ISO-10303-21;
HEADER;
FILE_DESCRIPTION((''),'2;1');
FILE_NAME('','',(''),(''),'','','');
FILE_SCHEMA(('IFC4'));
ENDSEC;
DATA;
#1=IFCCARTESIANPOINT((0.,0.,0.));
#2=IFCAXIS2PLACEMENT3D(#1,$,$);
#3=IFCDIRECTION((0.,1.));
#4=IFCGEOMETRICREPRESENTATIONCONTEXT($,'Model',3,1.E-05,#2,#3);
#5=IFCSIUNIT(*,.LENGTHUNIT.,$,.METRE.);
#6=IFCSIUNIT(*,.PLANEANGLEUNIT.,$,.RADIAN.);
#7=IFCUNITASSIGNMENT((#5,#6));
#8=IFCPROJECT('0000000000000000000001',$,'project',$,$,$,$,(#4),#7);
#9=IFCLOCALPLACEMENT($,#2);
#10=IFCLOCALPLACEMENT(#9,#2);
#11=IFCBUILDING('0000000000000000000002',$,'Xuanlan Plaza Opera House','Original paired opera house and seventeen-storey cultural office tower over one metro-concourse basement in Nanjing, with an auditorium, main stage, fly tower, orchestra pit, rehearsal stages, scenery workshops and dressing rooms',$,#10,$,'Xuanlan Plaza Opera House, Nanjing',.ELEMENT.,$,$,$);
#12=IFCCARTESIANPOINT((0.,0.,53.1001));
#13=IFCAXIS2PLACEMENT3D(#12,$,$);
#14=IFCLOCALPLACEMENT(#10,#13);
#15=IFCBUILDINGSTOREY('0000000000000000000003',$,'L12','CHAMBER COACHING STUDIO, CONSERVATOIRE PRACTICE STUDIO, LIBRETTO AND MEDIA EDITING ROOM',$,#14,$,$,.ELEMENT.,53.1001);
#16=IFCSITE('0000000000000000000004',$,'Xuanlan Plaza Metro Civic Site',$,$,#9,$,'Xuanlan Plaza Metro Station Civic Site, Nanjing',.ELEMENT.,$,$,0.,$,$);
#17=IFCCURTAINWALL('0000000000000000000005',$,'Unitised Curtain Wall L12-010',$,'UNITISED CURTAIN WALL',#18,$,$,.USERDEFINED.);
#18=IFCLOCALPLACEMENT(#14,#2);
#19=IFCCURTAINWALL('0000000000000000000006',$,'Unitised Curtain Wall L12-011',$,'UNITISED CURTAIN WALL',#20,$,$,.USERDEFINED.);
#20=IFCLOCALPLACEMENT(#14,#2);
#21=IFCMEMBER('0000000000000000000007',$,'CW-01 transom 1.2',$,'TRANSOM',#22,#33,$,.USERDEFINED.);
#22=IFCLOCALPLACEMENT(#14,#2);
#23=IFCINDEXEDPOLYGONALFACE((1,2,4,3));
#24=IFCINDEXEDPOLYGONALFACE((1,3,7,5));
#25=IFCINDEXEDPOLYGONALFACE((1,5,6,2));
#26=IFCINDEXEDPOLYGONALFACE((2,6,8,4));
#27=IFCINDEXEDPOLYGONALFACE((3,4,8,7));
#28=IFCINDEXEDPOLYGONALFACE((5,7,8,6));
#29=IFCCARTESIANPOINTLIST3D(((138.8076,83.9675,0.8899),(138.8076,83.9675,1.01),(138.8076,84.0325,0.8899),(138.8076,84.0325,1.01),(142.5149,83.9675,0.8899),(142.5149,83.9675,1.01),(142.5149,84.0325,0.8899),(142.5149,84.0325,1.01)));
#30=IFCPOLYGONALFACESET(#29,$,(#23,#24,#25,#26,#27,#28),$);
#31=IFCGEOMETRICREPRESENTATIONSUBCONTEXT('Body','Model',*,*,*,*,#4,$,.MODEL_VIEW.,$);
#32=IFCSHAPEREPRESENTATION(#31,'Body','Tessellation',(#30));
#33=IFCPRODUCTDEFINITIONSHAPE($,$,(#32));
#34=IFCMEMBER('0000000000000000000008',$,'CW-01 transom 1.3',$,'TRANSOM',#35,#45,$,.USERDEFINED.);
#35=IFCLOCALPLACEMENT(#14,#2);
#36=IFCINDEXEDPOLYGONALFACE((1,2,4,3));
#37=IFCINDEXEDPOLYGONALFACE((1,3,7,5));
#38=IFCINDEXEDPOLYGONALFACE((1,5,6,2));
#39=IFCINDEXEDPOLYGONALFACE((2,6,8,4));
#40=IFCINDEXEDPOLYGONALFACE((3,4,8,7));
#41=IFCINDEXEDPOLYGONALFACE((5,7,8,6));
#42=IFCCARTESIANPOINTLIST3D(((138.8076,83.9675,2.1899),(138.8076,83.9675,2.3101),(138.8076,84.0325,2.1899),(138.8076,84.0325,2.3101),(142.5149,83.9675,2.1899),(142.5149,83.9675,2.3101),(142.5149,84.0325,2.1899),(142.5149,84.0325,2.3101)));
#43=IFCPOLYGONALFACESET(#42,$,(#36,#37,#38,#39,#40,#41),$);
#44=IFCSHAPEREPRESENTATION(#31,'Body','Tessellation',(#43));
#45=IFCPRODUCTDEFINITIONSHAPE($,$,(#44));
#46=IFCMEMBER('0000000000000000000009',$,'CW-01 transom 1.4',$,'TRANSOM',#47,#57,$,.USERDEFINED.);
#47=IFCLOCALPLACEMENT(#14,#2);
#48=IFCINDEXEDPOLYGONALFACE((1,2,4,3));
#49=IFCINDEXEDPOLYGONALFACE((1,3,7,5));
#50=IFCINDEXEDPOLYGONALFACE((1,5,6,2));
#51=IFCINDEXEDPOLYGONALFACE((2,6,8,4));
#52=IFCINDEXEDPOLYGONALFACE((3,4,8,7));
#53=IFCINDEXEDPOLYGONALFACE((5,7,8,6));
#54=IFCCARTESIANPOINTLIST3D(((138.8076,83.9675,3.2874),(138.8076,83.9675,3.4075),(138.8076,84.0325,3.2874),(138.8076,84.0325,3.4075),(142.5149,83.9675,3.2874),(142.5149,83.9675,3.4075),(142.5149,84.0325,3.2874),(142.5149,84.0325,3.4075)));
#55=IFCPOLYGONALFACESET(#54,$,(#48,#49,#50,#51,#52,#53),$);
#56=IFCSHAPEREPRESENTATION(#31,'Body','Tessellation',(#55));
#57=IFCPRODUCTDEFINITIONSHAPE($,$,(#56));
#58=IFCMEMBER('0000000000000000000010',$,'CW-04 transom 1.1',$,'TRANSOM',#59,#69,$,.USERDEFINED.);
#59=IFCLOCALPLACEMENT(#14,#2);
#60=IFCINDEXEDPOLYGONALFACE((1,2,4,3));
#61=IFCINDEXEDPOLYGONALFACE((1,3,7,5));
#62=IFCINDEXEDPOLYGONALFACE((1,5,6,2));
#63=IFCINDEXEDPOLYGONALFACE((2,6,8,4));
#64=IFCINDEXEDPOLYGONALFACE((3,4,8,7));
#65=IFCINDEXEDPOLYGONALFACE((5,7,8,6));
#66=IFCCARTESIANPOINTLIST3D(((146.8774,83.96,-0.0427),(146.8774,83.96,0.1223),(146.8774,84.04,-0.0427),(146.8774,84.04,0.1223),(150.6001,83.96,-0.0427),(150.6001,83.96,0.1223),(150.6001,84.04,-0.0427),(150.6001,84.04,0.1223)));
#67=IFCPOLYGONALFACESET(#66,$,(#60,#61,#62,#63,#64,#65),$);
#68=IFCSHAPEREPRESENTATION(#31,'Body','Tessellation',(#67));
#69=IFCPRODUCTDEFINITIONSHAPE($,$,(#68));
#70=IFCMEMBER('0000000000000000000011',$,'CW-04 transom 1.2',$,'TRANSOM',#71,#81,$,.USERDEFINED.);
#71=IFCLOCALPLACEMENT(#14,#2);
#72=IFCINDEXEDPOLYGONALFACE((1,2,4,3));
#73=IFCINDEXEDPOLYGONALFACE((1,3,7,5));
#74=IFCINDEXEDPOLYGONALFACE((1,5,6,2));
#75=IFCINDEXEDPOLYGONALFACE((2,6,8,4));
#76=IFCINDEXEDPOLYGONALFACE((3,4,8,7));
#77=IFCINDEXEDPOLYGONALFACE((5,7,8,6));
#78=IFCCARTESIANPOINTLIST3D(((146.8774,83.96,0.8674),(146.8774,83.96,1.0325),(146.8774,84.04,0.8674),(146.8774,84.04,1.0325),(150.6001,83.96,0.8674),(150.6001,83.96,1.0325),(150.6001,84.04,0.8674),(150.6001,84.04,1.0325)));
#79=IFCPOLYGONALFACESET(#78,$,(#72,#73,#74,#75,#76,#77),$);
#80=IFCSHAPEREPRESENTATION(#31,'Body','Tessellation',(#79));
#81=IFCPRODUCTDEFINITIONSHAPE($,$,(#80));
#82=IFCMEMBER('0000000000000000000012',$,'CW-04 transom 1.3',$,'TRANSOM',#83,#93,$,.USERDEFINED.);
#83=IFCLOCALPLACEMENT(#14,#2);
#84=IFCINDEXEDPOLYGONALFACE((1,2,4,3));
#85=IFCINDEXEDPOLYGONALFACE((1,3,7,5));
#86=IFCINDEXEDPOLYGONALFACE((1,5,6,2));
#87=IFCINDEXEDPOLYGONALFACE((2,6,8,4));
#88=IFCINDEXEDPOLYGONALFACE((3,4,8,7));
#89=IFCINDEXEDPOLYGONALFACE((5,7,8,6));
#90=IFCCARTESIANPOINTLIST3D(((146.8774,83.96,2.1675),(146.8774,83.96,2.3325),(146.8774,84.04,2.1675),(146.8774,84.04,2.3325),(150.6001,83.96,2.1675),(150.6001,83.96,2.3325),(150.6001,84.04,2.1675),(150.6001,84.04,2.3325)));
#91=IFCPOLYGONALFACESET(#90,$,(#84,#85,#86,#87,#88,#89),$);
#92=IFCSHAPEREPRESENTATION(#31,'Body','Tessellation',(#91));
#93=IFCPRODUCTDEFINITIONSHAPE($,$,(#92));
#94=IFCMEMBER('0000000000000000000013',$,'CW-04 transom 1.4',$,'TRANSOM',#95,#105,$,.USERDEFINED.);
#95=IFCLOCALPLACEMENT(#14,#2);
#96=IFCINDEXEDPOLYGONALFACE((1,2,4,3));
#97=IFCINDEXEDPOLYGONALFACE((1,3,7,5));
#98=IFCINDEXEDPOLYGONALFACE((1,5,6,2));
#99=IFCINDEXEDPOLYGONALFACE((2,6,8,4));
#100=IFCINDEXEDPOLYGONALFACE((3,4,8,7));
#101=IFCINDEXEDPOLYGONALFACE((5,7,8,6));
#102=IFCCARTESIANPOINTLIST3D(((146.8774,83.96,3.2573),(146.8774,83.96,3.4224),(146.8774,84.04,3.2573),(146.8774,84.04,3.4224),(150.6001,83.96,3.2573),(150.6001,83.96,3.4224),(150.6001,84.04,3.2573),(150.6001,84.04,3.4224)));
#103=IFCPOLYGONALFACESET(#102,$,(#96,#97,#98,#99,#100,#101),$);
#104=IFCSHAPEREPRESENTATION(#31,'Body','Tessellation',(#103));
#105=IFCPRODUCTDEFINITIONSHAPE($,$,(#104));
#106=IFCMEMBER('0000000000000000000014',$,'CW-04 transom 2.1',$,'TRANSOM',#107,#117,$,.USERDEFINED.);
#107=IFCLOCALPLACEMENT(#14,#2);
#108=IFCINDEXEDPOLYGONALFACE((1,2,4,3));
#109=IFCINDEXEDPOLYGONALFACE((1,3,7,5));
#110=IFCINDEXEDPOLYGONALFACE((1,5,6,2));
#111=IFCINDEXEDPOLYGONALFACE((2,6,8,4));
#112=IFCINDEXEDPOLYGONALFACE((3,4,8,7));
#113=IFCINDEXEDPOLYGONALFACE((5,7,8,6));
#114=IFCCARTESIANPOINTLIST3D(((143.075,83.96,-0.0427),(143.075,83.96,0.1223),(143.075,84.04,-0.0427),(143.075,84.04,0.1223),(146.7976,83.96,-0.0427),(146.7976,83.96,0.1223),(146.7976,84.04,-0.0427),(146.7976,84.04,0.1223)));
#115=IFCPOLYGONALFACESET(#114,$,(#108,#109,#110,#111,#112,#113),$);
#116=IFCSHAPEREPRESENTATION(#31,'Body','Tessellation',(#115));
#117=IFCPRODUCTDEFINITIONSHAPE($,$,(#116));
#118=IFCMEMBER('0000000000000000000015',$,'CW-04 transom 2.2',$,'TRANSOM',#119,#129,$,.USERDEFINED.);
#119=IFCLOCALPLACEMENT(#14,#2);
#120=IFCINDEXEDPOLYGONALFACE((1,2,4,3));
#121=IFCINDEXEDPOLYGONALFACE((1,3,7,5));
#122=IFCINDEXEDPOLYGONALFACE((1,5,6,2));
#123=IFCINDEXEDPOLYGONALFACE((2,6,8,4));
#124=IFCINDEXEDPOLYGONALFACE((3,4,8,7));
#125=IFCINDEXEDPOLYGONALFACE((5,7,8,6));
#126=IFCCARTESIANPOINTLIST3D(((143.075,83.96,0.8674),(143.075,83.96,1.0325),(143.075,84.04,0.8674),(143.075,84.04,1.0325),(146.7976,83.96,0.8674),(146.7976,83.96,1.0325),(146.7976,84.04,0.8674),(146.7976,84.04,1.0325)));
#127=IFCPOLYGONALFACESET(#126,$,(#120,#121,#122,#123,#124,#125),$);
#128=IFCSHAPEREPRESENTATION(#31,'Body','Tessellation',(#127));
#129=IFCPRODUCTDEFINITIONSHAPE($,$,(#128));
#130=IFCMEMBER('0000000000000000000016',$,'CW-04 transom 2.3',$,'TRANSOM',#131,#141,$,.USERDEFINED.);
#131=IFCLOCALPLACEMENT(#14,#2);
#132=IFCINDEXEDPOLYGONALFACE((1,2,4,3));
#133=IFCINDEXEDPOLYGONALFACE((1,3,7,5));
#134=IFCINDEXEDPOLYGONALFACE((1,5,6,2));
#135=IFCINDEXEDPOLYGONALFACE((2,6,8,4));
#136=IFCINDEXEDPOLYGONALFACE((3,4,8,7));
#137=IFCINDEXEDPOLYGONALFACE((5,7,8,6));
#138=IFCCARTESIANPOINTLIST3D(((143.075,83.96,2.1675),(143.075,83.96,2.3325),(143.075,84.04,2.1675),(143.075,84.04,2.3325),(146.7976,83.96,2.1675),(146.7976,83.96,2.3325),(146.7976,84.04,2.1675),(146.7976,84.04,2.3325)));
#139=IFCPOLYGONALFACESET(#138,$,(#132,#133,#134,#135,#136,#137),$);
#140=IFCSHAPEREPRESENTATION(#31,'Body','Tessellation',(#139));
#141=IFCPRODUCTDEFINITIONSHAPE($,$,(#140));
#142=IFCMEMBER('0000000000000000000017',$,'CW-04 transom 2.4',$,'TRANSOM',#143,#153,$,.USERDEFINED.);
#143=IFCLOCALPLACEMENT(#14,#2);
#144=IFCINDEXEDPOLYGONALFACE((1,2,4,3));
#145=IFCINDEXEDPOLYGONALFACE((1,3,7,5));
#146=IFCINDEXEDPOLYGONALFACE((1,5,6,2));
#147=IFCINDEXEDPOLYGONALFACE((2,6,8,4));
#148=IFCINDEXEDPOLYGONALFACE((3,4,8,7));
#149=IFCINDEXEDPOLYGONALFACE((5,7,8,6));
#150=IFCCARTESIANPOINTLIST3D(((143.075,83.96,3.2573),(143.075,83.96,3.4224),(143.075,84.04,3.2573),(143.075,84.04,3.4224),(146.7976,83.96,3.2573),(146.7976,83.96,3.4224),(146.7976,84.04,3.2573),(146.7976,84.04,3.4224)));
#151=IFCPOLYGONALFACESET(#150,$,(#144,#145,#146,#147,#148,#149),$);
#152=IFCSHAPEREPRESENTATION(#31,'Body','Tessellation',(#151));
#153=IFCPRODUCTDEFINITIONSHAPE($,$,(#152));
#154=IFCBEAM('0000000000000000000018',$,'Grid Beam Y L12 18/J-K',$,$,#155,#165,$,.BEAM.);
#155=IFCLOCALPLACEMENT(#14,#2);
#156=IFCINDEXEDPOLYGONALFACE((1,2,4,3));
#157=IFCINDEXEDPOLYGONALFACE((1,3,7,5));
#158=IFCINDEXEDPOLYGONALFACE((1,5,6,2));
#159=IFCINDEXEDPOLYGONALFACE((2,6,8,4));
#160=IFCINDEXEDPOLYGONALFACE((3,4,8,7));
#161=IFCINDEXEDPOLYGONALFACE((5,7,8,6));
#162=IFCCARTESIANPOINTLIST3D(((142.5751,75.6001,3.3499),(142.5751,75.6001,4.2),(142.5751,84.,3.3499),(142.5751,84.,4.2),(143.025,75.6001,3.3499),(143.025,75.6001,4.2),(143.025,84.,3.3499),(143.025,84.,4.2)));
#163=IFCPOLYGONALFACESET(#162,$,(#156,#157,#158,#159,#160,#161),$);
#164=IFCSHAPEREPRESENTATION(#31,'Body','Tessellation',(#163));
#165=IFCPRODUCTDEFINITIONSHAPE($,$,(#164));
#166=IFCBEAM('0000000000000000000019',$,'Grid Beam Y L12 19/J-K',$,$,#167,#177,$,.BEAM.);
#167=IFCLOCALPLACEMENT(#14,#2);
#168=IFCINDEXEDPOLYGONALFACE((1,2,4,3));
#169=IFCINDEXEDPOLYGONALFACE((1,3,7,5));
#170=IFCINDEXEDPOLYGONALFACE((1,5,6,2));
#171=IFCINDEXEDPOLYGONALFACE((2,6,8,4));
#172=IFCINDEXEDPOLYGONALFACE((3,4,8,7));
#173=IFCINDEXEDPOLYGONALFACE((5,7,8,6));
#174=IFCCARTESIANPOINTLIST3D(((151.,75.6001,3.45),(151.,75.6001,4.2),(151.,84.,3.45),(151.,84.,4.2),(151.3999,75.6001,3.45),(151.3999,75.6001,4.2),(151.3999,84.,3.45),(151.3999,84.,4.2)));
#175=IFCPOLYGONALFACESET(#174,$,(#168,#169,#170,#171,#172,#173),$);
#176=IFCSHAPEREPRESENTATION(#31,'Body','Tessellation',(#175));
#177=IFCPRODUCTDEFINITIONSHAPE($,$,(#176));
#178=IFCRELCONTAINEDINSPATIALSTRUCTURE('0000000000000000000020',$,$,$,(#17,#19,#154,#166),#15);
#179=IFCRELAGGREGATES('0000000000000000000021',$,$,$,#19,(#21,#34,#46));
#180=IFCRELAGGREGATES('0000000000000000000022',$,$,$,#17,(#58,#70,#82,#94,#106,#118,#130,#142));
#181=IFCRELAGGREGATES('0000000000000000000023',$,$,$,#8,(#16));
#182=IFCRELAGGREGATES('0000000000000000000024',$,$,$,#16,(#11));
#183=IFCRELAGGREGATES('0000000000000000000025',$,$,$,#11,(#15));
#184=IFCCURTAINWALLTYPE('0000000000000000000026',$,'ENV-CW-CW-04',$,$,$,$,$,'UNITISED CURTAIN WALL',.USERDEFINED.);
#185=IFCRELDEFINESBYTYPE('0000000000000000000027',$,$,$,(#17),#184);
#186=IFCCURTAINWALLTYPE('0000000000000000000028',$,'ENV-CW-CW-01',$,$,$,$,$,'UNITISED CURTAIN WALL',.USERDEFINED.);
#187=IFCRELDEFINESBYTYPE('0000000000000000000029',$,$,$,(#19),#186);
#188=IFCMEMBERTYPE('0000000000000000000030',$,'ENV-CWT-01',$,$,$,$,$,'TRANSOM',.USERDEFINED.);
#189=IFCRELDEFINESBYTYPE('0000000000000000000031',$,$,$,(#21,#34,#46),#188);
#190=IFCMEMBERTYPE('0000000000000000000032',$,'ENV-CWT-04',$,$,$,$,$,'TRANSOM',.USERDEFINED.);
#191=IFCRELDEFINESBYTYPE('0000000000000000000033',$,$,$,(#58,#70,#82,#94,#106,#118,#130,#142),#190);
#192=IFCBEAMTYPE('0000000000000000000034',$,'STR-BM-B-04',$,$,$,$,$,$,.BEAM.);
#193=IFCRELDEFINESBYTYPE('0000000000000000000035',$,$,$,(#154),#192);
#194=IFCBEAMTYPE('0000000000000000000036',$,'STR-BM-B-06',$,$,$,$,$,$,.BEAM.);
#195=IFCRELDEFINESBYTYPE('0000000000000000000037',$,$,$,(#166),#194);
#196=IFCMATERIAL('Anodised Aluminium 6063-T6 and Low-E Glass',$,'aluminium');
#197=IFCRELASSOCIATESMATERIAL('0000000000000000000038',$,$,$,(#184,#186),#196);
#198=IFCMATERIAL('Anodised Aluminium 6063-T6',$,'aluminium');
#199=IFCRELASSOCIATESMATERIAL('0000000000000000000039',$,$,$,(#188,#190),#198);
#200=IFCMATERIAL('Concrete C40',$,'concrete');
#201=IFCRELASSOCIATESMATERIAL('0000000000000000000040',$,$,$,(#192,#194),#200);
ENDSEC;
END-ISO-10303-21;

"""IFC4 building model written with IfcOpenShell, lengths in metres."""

from ifc_helpers import new_model, si_unit, direction, frame, origin, origin_2d, place, context, subcontext, project, spatial, rectangle, extrude, material, material_profile, profile_set, type_object, element, aggregate, save


model = new_model("IFC4")

# Units and contexts
model_context = context("Model", 3, precision=1e-05, world=origin(), true_north=direction((0.0, 1.0)))
body_context = subcontext(model_context, "Body", "Model", "MODEL_VIEW")
ifc_project = project(units=[si_unit("LENGTHUNIT", "METRE"), si_unit("PLANEANGLEUNIT", "RADIAN")], contexts=[model_context])

# Site, building, storey
site_placement = place(None, origin())
site = spatial("IfcSite", under=ifc_project, at=site_placement, Name="Xuanlan Plaza Metro Civic Site", LongName="Xuanlan Plaza Metro Station Civic Site, Nanjing", CompositionType="ELEMENT", RefElevation=0.0)
building_placement = place(site_placement, origin())
building = spatial("IfcBuilding", under=site, at=building_placement, Name="Xuanlan Plaza Opera House", Description="Original paired opera house and seventeen-storey cultural office tower over one metro-concourse basement in Nanjing, with an auditorium, main stage, fly tower, orchestra pit, rehearsal stages, scenery workshops and dressing rooms", LongName="Xuanlan Plaza Opera House, Nanjing", CompositionType="ELEMENT")
storey_placement = place(building_placement, frame((0.0, 0.0, 53.1001)))
storey = spatial("IfcBuildingStorey", under=building, at=storey_placement, Name="L12", Description="CHAMBER COACHING STUDIO, CONSERVATOIRE PRACTICE STUDIO, LIBRETTO AND MEDIA EDITING ROOM", CompositionType="ELEMENT", Elevation=53.1001)

# Curtain walls, members
ifc_material_1 = material(Name="Anodised Aluminium 6063-T6 and Low-E Glass", Category="aluminium")
curtain_wall_type_1 = type_object("IfcCurtainWallType", Name="ENV-CW-CW-04", ElementType="UNITISED CURTAIN WALL", PredefinedType="USERDEFINED", material=ifc_material_1)
curtain_wall_1_placement = place(storey_placement, origin())
curtain_wall_1 = element("IfcCurtainWall", 1, at=curtain_wall_1_placement, inside=storey, type_object=curtain_wall_type_1, Name="Unitised Curtain Wall L12-010", ObjectType="UNITISED CURTAIN WALL", PredefinedType="USERDEFINED")
ifc_material_2 = material(Name="Anodised Aluminium 6063-T6", Category="aluminium")
curtain_wall_type_2 = type_object("IfcCurtainWallType", Name="ENV-CW-CW-01", ElementType="UNITISED CURTAIN WALL", PredefinedType="USERDEFINED", material=ifc_material_1)
curtain_wall_2_placement = place(storey_placement, origin())
curtain_wall_2 = element("IfcCurtainWall", 2, at=curtain_wall_2_placement, inside=storey, type_object=curtain_wall_type_2, Name="Unitised Curtain Wall L12-011", ObjectType="UNITISED CURTAIN WALL", PredefinedType="USERDEFINED")
ifc_material_profile_1 = material_profile(ifc_material_2, rectangle(XDim=0.0649, YDim=0.1201, at=origin_2d()), Name="ALU-T 65x120")
ifc_profile_set_1 = profile_set([ifc_material_profile_1], Name="Anodised Aluminium 6063-T6")
member_type_1 = type_object("IfcMemberType", Name="ENV-CWT-01", ElementType="TRANSOM", PredefinedType="USERDEFINED", material=ifc_profile_set_1)
member_1_placement = place(storey_placement, frame((142.5149, 84.0, 0.95), z_axis=(-1.0, 0.0, 0.0), x_axis=(0.0, -1.0, 0.0)))
member_1 = element("IfcMember", 3, at=member_1_placement, type_object=member_type_1, Name="CW-01 transom 1.2", ObjectType="TRANSOM", PredefinedType="USERDEFINED", context=body_context, shape_type="SweptSolid", body=[
    extrude(rectangle(XDim=0.0649, YDim=0.1201, at=origin_2d()), origin(), (0.0, 0.0, 1.0), 3.7073),
])
member_2_placement = place(storey_placement, frame((142.5149, 84.0, 2.25), z_axis=(-1.0, 0.0, 0.0), x_axis=(0.0, -1.0, 0.0)))
member_2 = element("IfcMember", 4, at=member_2_placement, type_object=member_type_1, Name="CW-01 transom 1.3", ObjectType="TRANSOM", PredefinedType="USERDEFINED", context=body_context, shape_type="SweptSolid", body=[
    extrude(rectangle(XDim=0.0649, YDim=0.1201, at=origin_2d()), origin(), (0.0, 0.0, 1.0), 3.7073),
])
member_3_placement = place(storey_placement, frame((142.5149, 84.0, 3.3474), z_axis=(-1.0, 0.0, 0.0), x_axis=(0.0, -1.0, 0.0)))
member_3 = element("IfcMember", 5, at=member_3_placement, type_object=member_type_1, Name="CW-01 transom 1.4", ObjectType="TRANSOM", PredefinedType="USERDEFINED", context=body_context, shape_type="SweptSolid", body=[
    extrude(rectangle(XDim=0.0649, YDim=0.1201, at=origin_2d()), origin(), (0.0, 0.0, 1.0), 3.7073),
])
aggregate(curtain_wall_2, [member_1, member_2, member_3])

# Members
ifc_material_profile_2 = material_profile(ifc_material_2, rectangle(XDim=0.0801, YDim=0.165, at=origin_2d()), Name="ALU-T 80x165")
ifc_profile_set_2 = profile_set([ifc_material_profile_2], Name="Anodised Aluminium 6063-T6")
member_type_2 = type_object("IfcMemberType", Name="ENV-CWT-04", ElementType="TRANSOM", PredefinedType="USERDEFINED", material=ifc_profile_set_2)
member_4_placement = place(storey_placement, frame((150.6001, 84.0, 0.0398), z_axis=(-1.0, 0.0, 0.0), x_axis=(0.0, -1.0, 0.0)))
member_4 = element("IfcMember", 6, at=member_4_placement, type_object=member_type_2, Name="CW-04 transom 1.1", ObjectType="TRANSOM", PredefinedType="USERDEFINED", context=body_context, shape_type="SweptSolid", body=[
    extrude(rectangle(XDim=0.0801, YDim=0.165, at=origin_2d()), origin(), (0.0, 0.0, 1.0), 3.7227),
])
member_5_placement = place(storey_placement, frame((150.6001, 84.0, 0.95), z_axis=(-1.0, 0.0, 0.0), x_axis=(0.0, -1.0, 0.0)))
member_5 = element("IfcMember", 7, at=member_5_placement, type_object=member_type_2, Name="CW-04 transom 1.2", ObjectType="TRANSOM", PredefinedType="USERDEFINED", context=body_context, shape_type="SweptSolid", body=[
    extrude(rectangle(XDim=0.0801, YDim=0.165, at=origin_2d()), origin(), (0.0, 0.0, 1.0), 3.7227),
])
member_6_placement = place(storey_placement, frame((150.6001, 84.0, 2.25), z_axis=(-1.0, 0.0, 0.0), x_axis=(0.0, -1.0, 0.0)))
member_6 = element("IfcMember", 8, at=member_6_placement, type_object=member_type_2, Name="CW-04 transom 1.3", ObjectType="TRANSOM", PredefinedType="USERDEFINED", context=body_context, shape_type="SweptSolid", body=[
    extrude(rectangle(XDim=0.0801, YDim=0.165, at=origin_2d()), origin(), (0.0, 0.0, 1.0), 3.7227),
])
member_7_placement = place(storey_placement, frame((150.6001, 84.0, 3.3398), z_axis=(-1.0, 0.0, 0.0), x_axis=(0.0, -1.0, 0.0)))
member_7 = element("IfcMember", 9, at=member_7_placement, type_object=member_type_2, Name="CW-04 transom 1.4", ObjectType="TRANSOM", PredefinedType="USERDEFINED", context=body_context, shape_type="SweptSolid", body=[
    extrude(rectangle(XDim=0.0801, YDim=0.165, at=origin_2d()), origin(), (0.0, 0.0, 1.0), 3.7227),
])
member_8_placement = place(storey_placement, frame((146.7976, 84.0, 0.0398), z_axis=(-1.0, 0.0, 0.0), x_axis=(0.0, -1.0, 0.0)))
member_8 = element("IfcMember", 10, at=member_8_placement, type_object=member_type_2, Name="CW-04 transom 2.1", ObjectType="TRANSOM", PredefinedType="USERDEFINED", context=body_context, shape_type="SweptSolid", body=[
    extrude(rectangle(XDim=0.0801, YDim=0.165, at=origin_2d()), origin(), (0.0, 0.0, 1.0), 3.7227),
])
member_9_placement = place(storey_placement, frame((146.7976, 84.0, 0.95), z_axis=(-1.0, 0.0, 0.0), x_axis=(0.0, -1.0, 0.0)))
member_9 = element("IfcMember", 11, at=member_9_placement, type_object=member_type_2, Name="CW-04 transom 2.2", ObjectType="TRANSOM", PredefinedType="USERDEFINED", context=body_context, shape_type="SweptSolid", body=[
    extrude(rectangle(XDim=0.0801, YDim=0.165, at=origin_2d()), origin(), (0.0, 0.0, 1.0), 3.7227),
])
member_10_placement = place(storey_placement, frame((146.7976, 84.0, 2.25), z_axis=(-1.0, 0.0, 0.0), x_axis=(0.0, -1.0, 0.0)))
member_10 = element("IfcMember", 12, at=member_10_placement, type_object=member_type_2, Name="CW-04 transom 2.3", ObjectType="TRANSOM", PredefinedType="USERDEFINED", context=body_context, shape_type="SweptSolid", body=[
    extrude(rectangle(XDim=0.0801, YDim=0.165, at=origin_2d()), origin(), (0.0, 0.0, 1.0), 3.7227),
])
member_11_placement = place(storey_placement, frame((146.7976, 84.0, 3.3398), z_axis=(-1.0, 0.0, 0.0), x_axis=(0.0, -1.0, 0.0)))
member_11 = element("IfcMember", 13, at=member_11_placement, type_object=member_type_2, Name="CW-04 transom 2.4", ObjectType="TRANSOM", PredefinedType="USERDEFINED", context=body_context, shape_type="SweptSolid", body=[
    extrude(rectangle(XDim=0.0801, YDim=0.165, at=origin_2d()), origin(), (0.0, 0.0, 1.0), 3.7227),
])

# Beams
ifc_material_3 = material(Name="Concrete C40", Category="concrete")
ifc_material_profile_3 = material_profile(ifc_material_3, rectangle(XDim=0.45, YDim=0.8501, at=origin_2d()), Name="RC-BM 450x850")
ifc_profile_set_3 = profile_set([ifc_material_profile_3], Name="Concrete C40")
beam_type_1 = type_object("IfcBeamType", Name="STR-BM-B-04", PredefinedType="BEAM", material=ifc_profile_set_3)
beam_1_placement = place(storey_placement, frame((142.8, 75.6001, 3.7749), z_axis=(0.0, 1.0, 0.0), x_axis=(-1.0, 0.0, 0.0)))
element("IfcBeam", 14, at=beam_1_placement, inside=storey, type_object=beam_type_1, Name="Grid Beam Y L12 18/J-K", PredefinedType="BEAM", context=body_context, shape_type="SweptSolid", body=[
    extrude(rectangle(XDim=0.45, YDim=0.8501, at=origin_2d()), origin(), (0.0, 0.0, 1.0), 8.3999),
])
ifc_material_profile_4 = material_profile(ifc_material_3, rectangle(XDim=0.3999, YDim=0.75, at=origin_2d()), Name="RC-BM 400x750")
ifc_profile_set_4 = profile_set([ifc_material_profile_4], Name="Concrete C40")
beam_type_2 = type_object("IfcBeamType", Name="STR-BM-B-06", PredefinedType="BEAM", material=ifc_profile_set_4)
beam_2_placement = place(storey_placement, frame((151.2, 75.6001, 3.825), z_axis=(0.0, 1.0, 0.0), x_axis=(-1.0, 0.0, 0.0)))
element("IfcBeam", 15, at=beam_2_placement, inside=storey, type_object=beam_type_2, Name="Grid Beam Y L12 19/J-K", PredefinedType="BEAM", context=body_context, shape_type="SweptSolid", body=[
    extrude(rectangle(XDim=0.3999, YDim=0.75, at=origin_2d()), origin(), (0.0, 0.0, 1.0), 8.3999),
])

aggregate(curtain_wall_1, [member_4, member_5, member_6, member_7, member_8, member_9, member_10, member_11])

save(model, "model.ifc")
